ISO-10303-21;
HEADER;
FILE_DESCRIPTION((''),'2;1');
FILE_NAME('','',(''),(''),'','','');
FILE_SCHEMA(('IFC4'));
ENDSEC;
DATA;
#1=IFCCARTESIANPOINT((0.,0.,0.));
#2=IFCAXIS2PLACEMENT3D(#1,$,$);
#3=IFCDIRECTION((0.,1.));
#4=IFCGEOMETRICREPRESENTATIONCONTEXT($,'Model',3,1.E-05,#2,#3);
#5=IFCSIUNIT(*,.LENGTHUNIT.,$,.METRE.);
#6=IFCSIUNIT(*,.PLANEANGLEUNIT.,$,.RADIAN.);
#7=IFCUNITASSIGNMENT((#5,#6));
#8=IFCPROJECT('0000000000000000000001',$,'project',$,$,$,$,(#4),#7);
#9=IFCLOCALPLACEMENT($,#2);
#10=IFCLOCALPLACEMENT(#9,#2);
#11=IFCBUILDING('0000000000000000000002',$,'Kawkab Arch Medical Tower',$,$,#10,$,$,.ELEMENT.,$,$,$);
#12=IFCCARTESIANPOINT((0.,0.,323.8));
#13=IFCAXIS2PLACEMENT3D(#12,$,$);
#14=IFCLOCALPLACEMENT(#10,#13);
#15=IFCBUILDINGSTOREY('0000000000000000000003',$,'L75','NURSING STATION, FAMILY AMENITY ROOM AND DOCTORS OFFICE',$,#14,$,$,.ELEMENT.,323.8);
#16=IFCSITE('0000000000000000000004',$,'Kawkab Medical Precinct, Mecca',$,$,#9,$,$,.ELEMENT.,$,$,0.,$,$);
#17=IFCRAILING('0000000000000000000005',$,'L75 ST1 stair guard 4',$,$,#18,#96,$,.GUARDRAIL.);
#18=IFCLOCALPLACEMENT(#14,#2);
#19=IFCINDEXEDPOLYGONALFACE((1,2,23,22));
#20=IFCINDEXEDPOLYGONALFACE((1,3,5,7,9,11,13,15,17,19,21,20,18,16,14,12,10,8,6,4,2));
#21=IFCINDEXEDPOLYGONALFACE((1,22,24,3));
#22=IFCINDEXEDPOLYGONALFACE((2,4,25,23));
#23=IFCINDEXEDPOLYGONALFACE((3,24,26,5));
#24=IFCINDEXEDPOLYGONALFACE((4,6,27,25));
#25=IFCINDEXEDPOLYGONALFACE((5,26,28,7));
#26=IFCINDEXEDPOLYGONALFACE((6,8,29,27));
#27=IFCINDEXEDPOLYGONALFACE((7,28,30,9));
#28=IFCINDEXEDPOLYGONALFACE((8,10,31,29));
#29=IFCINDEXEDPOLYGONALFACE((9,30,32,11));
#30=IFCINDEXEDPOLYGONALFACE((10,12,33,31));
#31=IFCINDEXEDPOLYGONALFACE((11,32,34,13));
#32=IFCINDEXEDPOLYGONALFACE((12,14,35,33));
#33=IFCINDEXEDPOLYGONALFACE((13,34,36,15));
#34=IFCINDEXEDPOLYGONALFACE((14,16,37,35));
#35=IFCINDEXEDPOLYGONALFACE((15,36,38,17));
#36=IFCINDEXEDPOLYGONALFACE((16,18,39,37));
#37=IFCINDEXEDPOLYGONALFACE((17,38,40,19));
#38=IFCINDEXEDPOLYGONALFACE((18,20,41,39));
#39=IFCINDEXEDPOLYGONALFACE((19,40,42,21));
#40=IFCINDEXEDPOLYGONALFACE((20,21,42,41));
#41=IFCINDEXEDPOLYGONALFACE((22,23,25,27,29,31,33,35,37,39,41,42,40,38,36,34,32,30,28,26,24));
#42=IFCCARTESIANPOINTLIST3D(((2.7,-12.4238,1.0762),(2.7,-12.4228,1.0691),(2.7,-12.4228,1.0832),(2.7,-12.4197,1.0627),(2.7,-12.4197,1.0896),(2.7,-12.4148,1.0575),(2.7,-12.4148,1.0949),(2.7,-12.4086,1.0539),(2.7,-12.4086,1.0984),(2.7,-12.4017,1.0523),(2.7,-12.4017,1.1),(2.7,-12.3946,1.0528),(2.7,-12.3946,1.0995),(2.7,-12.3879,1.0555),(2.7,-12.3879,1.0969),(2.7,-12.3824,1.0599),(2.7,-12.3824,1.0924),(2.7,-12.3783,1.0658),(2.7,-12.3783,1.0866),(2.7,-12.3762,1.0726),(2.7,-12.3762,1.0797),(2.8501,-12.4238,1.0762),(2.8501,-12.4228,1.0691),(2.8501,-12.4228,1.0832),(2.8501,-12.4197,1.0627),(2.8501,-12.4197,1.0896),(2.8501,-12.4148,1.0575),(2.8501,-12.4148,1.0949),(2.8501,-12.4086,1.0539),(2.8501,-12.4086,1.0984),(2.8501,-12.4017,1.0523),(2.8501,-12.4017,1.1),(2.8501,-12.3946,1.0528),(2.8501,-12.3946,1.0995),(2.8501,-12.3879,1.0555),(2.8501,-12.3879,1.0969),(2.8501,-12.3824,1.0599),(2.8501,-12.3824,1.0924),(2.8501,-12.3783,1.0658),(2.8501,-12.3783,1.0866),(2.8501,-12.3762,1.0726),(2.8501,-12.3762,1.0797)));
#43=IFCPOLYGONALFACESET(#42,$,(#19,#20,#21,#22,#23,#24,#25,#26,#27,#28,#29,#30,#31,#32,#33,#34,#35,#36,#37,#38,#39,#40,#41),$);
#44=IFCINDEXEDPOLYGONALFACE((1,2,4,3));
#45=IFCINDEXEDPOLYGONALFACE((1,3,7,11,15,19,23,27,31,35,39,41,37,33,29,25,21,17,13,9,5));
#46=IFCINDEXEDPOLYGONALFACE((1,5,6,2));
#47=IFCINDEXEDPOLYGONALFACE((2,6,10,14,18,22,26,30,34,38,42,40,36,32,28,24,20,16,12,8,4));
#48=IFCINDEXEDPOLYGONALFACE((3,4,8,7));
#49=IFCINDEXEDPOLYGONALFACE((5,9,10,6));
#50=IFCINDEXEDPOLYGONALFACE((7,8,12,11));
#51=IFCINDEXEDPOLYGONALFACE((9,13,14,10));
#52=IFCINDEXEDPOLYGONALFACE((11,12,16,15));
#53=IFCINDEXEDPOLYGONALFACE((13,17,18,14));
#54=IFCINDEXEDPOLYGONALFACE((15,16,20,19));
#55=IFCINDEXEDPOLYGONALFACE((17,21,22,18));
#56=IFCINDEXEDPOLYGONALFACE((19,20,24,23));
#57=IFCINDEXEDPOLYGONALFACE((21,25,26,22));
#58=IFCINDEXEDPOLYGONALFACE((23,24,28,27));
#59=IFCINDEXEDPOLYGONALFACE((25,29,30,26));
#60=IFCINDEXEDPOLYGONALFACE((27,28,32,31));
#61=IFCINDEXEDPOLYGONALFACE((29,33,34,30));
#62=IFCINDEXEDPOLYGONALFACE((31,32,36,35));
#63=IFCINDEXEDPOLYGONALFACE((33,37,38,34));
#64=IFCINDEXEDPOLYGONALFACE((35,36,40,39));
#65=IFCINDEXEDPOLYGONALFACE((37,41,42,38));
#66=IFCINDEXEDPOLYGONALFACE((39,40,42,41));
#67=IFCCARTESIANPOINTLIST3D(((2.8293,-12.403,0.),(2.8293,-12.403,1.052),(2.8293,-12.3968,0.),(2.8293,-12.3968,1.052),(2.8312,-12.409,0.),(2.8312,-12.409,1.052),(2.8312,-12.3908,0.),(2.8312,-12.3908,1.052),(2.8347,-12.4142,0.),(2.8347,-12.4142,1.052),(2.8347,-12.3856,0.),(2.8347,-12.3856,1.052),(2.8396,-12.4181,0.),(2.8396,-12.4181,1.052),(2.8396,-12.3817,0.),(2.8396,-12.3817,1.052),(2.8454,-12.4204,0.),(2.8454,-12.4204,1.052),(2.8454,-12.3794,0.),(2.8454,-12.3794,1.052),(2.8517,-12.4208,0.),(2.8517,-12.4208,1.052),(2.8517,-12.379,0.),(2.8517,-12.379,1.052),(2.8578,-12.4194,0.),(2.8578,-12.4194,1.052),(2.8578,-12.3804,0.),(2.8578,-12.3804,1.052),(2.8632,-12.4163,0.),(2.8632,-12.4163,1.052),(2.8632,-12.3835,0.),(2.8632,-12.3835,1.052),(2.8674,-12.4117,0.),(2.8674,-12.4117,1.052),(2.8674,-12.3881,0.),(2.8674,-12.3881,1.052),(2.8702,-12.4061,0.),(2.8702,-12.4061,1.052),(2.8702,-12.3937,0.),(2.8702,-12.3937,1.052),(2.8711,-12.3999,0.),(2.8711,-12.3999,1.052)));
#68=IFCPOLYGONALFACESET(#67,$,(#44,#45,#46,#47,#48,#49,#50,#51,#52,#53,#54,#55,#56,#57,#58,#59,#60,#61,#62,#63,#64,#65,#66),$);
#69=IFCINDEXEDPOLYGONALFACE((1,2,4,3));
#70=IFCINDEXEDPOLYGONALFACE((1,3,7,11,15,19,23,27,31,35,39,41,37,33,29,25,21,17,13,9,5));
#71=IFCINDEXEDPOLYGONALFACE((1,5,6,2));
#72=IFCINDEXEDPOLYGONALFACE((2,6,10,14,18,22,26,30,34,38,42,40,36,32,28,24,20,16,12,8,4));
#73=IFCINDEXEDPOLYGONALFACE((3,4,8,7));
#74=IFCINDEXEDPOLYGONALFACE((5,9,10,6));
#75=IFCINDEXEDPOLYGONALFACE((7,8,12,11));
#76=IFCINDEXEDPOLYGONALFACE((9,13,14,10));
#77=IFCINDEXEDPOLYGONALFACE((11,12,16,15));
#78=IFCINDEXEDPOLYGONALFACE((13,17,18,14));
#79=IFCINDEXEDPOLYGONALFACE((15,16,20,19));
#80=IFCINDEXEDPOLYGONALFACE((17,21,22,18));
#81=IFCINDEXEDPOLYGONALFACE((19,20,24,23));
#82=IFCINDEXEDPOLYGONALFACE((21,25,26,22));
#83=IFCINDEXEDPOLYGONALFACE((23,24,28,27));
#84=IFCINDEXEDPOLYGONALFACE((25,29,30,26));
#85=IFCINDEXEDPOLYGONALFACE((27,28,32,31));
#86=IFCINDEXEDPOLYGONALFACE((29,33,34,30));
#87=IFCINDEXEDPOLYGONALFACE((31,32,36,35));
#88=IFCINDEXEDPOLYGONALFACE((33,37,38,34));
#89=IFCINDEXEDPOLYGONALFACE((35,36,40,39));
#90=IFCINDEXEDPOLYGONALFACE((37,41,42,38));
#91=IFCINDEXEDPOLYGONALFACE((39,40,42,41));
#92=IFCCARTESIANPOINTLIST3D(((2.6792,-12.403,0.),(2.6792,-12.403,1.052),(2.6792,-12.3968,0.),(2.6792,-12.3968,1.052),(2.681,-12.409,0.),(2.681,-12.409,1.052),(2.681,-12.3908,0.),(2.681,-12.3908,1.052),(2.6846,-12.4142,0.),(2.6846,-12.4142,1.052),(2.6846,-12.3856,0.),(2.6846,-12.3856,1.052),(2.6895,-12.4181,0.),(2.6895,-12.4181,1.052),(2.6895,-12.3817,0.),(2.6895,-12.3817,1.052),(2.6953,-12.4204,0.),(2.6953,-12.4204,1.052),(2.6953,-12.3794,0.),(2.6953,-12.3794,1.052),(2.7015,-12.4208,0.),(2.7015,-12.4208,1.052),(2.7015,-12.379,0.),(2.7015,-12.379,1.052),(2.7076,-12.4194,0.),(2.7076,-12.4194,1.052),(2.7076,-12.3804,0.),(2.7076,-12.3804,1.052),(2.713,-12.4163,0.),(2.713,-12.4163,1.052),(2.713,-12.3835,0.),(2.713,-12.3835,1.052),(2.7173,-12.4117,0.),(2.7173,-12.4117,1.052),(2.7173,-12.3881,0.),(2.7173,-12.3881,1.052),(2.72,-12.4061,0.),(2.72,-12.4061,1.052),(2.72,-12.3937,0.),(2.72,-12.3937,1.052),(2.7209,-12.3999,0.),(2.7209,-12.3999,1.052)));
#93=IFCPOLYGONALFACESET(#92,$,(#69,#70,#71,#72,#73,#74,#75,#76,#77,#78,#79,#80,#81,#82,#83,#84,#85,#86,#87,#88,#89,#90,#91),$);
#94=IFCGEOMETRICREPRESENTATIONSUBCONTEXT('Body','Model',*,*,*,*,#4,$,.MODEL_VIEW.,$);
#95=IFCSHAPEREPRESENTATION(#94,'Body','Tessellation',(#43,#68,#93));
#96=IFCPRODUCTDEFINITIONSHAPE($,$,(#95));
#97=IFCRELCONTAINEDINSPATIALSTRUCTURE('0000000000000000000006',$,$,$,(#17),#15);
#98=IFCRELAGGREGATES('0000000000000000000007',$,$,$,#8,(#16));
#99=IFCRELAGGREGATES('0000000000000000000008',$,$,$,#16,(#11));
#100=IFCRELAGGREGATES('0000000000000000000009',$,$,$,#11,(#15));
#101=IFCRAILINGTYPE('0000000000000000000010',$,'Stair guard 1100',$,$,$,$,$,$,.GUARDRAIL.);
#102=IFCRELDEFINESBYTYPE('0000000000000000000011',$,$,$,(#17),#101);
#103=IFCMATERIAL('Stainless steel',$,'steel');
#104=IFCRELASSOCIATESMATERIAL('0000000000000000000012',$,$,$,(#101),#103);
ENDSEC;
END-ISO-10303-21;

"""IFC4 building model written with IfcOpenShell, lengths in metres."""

from ifc_helpers import new_model, si_unit, direction, frame, origin, origin_2d, place, context, subcontext, project, spatial, circle, extrude, material, type_object, element, save


model = new_model("IFC4")

# Units and contexts
model_context = context("Model", 3, precision=1e-05, world=origin(), true_north=direction((0.0, 1.0)))
body_context = subcontext(model_context, "Body", "Model", "MODEL_VIEW")
ifc_project = project(units=[si_unit("LENGTHUNIT", "METRE"), si_unit("PLANEANGLEUNIT", "RADIAN")], contexts=[model_context])

# Site, building, storey
site_placement = place(None, origin())
site = spatial("IfcSite", under=ifc_project, at=site_placement, Name="Kawkab Medical Precinct, Mecca", CompositionType="ELEMENT", RefElevation=0.0)
building_placement = place(site_placement, origin())
building = spatial("IfcBuilding", under=site, at=building_placement, Name="Kawkab Arch Medical Tower", CompositionType="ELEMENT")
storey_placement = place(building_placement, frame((0.0, 0.0, 323.8)))
storey = spatial("IfcBuildingStorey", under=building, at=storey_placement, Name="L75", Description="NURSING STATION, FAMILY AMENITY ROOM AND DOCTORS OFFICE", CompositionType="ELEMENT", Elevation=323.8)

# Railing
ifc_material_1 = material(Name="Stainless steel", Category="steel")
railing_type = type_object("IfcRailingType", Name="Stair guard 1100", PredefinedType="GUARDRAIL", material=ifc_material_1)
railing_1_placement = place(storey_placement, frame((2.8501, -12.3999, 0.0)))
element("IfcRailing", 1, at=railing_1_placement, inside=storey, type_object=railing_type, Name="L75 ST1 stair guard 4", PredefinedType="GUARDRAIL", context=body_context, shape_type="SweptSolid", body=[
    extrude(circle(Radius=0.0239, at=origin_2d()), frame((0.0, 0.0, 1.0762), z_axis=(-1.0, 0.0, 0.0), x_axis=(0.0, -1.0, 0.0)), (0.0, 0.0, 1.0), 0.1501),
    extrude(circle(Radius=0.021, at=origin_2d()), origin(), (0.0, 0.0, 1.0), 1.052),
    extrude(circle(Radius=0.021, at=origin_2d()), frame((-0.1501, 0.0, 0.0)), (0.0, 0.0, 1.0), 1.052),
])

save(model, "model.ifc")
